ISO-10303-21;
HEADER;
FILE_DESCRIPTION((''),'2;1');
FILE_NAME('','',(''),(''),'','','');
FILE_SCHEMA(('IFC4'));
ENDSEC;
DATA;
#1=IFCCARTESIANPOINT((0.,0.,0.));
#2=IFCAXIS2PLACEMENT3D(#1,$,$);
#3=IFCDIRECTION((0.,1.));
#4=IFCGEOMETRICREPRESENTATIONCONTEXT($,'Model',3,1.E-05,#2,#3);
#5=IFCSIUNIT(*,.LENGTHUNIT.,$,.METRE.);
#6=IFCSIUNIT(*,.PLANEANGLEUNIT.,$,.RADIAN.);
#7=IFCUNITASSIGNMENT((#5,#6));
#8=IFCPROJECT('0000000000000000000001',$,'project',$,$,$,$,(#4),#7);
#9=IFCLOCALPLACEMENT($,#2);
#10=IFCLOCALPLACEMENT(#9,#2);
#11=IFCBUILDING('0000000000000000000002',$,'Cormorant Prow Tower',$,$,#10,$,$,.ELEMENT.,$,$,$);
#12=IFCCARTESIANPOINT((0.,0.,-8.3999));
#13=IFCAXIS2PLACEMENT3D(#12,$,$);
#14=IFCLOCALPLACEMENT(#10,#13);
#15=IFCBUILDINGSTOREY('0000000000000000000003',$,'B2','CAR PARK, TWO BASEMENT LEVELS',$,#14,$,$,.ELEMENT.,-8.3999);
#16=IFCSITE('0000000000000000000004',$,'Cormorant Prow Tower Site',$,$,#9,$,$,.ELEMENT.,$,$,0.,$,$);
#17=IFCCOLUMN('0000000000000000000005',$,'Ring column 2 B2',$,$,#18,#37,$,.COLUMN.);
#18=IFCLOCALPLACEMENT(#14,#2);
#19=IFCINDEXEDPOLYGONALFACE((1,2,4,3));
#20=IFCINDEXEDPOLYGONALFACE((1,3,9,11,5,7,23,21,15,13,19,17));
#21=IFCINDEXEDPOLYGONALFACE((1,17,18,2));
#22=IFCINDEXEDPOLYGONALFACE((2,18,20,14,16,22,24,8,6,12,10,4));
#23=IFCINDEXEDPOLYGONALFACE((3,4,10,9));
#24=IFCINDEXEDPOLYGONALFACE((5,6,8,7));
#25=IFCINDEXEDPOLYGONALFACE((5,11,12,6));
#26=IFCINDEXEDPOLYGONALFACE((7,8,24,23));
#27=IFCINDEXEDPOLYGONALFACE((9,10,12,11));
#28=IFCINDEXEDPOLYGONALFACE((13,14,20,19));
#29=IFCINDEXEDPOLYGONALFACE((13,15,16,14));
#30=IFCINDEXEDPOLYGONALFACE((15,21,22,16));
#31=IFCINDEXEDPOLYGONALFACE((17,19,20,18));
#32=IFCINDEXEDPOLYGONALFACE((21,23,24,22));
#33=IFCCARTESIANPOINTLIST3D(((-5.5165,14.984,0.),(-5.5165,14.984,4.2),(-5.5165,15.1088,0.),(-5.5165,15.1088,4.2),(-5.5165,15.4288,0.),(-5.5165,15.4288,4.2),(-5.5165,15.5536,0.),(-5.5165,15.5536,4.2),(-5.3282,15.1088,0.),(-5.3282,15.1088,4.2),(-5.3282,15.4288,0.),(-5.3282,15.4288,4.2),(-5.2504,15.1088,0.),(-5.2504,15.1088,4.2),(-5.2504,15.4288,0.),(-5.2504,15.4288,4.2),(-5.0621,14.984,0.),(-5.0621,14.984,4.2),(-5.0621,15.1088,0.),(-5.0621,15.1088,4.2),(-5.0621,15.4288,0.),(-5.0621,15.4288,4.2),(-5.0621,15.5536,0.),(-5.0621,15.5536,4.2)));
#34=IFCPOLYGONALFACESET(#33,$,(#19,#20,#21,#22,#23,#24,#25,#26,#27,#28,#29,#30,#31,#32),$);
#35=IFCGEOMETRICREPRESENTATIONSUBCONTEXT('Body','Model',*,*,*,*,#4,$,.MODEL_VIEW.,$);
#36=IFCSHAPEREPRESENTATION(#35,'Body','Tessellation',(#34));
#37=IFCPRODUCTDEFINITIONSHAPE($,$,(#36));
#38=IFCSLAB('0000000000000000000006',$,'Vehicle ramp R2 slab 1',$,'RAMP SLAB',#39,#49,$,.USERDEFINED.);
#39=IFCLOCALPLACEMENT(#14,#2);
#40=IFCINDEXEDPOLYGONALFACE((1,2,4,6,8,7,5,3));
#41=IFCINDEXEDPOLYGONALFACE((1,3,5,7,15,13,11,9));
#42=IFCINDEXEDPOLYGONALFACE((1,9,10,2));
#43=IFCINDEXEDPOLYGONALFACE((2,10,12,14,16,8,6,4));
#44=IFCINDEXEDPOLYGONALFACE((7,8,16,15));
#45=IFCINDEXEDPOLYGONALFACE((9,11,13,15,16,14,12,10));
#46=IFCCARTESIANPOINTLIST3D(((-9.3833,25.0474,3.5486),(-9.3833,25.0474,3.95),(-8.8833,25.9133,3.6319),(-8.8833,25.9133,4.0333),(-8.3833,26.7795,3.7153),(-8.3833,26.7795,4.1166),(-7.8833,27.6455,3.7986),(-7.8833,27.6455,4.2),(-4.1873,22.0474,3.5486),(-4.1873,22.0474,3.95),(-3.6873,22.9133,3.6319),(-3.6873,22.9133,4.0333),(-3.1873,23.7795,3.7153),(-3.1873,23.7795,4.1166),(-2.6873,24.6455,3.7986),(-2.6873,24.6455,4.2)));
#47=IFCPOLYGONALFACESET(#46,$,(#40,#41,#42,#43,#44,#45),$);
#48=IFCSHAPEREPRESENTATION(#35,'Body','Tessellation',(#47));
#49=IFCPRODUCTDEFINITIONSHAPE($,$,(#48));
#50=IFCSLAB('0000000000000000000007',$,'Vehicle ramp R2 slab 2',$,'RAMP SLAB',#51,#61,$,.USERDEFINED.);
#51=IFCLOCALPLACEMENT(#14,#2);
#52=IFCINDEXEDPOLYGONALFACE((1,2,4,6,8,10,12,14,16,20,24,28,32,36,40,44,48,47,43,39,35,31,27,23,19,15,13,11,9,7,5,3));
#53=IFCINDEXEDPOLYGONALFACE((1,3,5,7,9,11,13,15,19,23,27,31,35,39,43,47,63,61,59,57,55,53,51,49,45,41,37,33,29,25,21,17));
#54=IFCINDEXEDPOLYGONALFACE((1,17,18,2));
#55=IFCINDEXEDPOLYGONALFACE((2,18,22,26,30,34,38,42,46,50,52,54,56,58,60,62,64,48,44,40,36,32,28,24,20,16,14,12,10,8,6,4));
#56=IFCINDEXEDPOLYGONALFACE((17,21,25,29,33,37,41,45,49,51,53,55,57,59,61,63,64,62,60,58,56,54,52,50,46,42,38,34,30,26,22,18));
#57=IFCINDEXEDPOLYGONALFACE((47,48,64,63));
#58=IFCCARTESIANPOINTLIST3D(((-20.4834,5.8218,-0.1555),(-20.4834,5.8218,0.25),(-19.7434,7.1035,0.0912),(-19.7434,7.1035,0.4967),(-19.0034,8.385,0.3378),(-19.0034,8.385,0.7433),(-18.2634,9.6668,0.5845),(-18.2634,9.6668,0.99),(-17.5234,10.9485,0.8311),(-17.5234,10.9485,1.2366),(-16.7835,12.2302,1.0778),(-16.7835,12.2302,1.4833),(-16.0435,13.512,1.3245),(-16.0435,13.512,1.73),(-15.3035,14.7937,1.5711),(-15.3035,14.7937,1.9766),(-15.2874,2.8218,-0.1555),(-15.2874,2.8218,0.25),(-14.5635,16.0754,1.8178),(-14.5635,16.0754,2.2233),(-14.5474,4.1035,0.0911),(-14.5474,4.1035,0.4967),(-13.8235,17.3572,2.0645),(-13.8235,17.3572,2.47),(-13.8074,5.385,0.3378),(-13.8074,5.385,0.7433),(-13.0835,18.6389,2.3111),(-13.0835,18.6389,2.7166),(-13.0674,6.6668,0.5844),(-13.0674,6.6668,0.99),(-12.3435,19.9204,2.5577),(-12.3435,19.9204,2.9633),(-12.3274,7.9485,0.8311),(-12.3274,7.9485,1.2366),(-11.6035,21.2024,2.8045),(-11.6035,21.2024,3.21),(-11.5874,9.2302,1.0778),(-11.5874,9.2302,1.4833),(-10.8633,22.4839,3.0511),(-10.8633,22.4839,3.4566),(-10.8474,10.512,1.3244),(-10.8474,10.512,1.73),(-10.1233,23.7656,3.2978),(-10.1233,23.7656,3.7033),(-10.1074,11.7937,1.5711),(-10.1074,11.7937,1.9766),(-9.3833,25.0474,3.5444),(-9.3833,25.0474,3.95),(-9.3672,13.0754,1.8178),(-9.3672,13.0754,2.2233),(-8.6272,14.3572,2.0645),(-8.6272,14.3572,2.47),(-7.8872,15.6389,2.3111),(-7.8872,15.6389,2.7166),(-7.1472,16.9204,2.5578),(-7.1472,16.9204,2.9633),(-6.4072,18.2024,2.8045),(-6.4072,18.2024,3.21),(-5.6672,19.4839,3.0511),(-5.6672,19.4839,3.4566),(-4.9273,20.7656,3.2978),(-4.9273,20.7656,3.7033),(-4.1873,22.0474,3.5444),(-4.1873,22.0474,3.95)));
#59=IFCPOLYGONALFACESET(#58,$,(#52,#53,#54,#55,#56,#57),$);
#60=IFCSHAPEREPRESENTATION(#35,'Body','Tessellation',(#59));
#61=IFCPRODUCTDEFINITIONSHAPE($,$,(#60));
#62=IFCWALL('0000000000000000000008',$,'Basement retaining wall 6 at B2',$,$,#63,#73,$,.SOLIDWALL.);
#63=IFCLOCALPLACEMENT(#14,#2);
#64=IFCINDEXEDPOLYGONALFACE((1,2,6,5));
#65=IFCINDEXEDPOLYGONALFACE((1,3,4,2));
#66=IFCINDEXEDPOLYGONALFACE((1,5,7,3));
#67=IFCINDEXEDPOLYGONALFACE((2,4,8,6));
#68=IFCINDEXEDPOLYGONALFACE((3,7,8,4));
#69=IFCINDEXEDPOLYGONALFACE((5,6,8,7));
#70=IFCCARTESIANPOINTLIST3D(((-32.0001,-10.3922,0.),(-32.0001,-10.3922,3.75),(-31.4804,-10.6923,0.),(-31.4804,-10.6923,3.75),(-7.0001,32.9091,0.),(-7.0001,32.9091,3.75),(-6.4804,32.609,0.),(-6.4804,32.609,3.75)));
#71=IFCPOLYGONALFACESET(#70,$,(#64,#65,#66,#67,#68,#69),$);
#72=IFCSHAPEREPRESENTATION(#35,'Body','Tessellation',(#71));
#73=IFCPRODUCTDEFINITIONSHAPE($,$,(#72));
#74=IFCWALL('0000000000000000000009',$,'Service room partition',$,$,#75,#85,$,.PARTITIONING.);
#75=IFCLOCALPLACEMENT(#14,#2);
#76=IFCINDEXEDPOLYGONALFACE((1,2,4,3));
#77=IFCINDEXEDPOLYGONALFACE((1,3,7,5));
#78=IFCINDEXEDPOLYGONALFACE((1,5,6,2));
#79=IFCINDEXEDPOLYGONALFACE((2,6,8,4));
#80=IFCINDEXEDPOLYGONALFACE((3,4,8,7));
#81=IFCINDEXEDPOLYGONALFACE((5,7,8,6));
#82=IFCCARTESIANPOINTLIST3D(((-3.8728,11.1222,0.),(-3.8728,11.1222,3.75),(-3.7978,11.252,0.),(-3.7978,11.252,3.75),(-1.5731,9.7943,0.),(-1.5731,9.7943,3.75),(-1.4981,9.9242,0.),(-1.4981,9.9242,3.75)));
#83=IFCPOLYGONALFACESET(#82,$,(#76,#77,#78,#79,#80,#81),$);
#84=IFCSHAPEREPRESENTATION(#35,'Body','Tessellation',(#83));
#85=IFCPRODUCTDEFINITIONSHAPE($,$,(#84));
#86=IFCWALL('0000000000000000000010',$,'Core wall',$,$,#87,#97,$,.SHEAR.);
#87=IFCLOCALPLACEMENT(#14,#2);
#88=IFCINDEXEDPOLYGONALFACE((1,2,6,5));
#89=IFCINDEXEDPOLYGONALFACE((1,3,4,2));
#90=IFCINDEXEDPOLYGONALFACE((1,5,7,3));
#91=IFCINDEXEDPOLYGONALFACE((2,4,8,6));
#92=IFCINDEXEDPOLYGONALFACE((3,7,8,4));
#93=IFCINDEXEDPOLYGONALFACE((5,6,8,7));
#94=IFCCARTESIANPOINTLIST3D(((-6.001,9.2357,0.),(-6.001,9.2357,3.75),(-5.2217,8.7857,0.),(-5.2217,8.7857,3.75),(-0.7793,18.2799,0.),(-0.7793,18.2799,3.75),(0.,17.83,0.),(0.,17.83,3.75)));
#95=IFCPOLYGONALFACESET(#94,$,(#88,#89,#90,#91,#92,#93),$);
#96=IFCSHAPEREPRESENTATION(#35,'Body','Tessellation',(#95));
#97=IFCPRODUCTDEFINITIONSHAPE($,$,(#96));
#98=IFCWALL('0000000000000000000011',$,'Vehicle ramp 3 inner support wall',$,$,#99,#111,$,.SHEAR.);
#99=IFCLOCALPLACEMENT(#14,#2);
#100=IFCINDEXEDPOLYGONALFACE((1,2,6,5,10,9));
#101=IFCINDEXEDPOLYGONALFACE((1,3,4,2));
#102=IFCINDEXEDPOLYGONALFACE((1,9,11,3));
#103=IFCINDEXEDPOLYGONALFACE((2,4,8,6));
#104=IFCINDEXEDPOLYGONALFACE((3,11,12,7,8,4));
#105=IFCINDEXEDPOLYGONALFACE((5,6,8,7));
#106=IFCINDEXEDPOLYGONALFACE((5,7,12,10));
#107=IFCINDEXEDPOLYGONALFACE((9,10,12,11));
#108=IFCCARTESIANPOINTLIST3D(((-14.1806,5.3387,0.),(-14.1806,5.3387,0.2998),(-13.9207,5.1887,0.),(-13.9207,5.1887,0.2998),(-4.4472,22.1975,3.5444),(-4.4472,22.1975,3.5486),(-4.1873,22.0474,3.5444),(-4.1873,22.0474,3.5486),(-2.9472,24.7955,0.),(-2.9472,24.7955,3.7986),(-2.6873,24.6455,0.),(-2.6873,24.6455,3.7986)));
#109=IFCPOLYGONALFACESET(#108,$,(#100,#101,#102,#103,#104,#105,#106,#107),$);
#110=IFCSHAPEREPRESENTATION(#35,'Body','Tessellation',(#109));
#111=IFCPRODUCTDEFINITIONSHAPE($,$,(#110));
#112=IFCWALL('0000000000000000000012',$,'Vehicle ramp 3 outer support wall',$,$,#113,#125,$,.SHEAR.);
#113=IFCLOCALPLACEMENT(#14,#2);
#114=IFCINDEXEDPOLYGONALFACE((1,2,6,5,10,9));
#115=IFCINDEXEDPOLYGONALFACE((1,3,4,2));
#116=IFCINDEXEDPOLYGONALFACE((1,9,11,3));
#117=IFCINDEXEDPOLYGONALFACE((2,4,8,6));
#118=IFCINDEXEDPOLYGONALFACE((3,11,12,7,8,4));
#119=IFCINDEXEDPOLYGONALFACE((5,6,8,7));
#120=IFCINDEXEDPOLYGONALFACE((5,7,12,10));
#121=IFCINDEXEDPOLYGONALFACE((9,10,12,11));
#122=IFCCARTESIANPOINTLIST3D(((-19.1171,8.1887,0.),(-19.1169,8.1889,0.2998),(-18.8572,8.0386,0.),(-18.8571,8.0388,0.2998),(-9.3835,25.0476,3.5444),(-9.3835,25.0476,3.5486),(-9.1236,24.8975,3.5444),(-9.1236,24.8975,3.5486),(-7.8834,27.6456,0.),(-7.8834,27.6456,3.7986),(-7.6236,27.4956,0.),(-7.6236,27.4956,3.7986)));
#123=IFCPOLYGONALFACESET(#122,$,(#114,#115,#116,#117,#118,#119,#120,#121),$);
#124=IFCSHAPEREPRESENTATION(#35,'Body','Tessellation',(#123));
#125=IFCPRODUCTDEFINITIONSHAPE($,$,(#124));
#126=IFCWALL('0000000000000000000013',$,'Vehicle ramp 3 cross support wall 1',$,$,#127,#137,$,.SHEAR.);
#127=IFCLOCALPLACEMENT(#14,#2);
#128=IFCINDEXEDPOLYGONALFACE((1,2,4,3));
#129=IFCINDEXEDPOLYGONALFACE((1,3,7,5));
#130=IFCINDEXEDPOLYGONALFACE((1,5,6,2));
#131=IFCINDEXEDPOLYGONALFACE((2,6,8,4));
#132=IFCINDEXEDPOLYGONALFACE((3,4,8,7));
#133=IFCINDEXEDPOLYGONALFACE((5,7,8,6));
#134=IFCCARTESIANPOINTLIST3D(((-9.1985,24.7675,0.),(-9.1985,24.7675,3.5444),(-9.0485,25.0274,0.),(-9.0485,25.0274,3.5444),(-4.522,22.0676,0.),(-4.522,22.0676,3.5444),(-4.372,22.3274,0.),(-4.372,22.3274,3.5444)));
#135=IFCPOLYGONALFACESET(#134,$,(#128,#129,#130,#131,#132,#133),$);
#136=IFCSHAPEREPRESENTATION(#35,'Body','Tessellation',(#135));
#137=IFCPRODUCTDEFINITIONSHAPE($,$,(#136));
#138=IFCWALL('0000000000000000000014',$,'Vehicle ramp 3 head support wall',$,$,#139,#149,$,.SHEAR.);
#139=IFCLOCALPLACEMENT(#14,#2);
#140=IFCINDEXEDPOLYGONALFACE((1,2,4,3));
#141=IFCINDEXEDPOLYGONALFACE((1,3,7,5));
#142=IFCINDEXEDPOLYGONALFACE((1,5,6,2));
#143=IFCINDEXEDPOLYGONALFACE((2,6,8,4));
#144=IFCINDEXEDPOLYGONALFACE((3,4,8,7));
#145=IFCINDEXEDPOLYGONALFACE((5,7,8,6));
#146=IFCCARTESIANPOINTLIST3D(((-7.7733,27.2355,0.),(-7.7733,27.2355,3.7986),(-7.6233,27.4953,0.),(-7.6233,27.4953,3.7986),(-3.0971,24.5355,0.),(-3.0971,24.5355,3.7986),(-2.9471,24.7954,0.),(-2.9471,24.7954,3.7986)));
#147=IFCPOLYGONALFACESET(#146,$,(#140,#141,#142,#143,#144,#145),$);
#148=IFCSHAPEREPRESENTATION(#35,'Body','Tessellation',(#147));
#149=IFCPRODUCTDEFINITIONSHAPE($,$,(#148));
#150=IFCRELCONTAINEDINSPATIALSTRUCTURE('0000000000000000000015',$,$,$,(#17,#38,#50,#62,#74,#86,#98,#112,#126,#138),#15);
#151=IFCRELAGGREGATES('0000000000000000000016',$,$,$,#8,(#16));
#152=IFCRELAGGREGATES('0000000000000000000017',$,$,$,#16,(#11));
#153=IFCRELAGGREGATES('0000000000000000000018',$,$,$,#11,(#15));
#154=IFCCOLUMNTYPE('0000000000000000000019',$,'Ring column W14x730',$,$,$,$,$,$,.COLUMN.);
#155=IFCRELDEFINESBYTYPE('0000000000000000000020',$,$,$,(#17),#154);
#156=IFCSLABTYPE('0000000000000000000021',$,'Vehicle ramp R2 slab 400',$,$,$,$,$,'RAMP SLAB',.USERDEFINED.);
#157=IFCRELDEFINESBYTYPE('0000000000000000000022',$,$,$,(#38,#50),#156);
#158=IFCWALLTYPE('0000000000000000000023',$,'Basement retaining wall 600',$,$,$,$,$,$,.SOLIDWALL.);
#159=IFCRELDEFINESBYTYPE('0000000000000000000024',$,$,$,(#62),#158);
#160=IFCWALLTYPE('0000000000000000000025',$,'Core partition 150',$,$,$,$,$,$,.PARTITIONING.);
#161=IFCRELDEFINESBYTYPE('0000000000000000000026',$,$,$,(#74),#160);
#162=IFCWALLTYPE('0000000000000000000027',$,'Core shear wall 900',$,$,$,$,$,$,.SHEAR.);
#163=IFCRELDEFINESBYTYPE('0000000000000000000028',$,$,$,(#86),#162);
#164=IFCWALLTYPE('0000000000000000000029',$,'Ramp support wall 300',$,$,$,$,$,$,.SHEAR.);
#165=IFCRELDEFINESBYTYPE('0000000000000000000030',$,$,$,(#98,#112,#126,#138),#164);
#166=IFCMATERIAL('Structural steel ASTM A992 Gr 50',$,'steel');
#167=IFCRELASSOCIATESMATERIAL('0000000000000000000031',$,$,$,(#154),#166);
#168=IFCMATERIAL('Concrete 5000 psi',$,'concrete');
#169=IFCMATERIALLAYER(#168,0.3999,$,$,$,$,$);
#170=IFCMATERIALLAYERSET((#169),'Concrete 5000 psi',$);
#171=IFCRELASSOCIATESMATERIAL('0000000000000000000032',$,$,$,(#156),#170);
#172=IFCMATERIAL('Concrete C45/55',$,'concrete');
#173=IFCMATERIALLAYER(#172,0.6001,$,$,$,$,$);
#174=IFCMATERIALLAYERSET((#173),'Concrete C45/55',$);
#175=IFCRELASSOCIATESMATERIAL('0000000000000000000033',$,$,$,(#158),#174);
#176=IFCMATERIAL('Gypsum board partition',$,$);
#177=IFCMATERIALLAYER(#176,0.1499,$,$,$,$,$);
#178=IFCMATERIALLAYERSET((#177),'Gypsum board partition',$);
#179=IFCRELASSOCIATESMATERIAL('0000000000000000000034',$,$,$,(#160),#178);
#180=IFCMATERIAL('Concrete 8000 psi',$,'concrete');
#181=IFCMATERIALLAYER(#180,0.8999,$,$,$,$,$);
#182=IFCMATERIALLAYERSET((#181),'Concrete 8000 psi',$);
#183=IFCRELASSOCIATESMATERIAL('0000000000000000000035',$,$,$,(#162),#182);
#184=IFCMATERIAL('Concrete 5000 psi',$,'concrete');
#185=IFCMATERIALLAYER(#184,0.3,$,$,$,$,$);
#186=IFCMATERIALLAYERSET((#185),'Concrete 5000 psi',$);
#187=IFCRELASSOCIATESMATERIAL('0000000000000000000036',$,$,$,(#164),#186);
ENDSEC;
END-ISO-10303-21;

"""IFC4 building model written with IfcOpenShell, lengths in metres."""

from ifc_helpers import new_model, si_unit, direction, frame, frame_2d, origin, origin_2d, place, context, subcontext, project, spatial, polyline, rectangle, i_section, outline, extrude, material, layer, layer_set, material_profile, profile_set, type_object, element, save


model = new_model("IFC4")

# Units and contexts
model_context = context("Model", 3, precision=1e-05, world=origin(), true_north=direction((0.0, 1.0)))
body_context = subcontext(model_context, "Body", "Model", "MODEL_VIEW")
ifc_project = project(units=[si_unit("LENGTHUNIT", "METRE"), si_unit("PLANEANGLEUNIT", "RADIAN")], contexts=[model_context])

# Site, building, storey
site_placement = place(None, origin())
site = spatial("IfcSite", under=ifc_project, at=site_placement, Name="Cormorant Prow Tower Site", CompositionType="ELEMENT", RefElevation=0.0)
building_placement = place(site_placement, origin())
building = spatial("IfcBuilding", under=site, at=building_placement, Name="Cormorant Prow Tower", CompositionType="ELEMENT")
storey_placement = place(building_placement, frame((0.0, 0.0, -8.3999)))
storey = spatial("IfcBuildingStorey", under=building, at=storey_placement, Name="B2", Description="CAR PARK, TWO BASEMENT LEVELS", CompositionType="ELEMENT", Elevation=-8.3999)

# Column
ifc_material_1 = material(Name="Structural steel ASTM A992 Gr 50", Category="steel")
ifc_material_profile_1 = material_profile(ifc_material_1, i_section(OverallWidth=0.4543, OverallDepth=0.5696, WebThickness=0.0779, FlangeThickness=0.1248, at=origin_2d()), Name="W14x730")
ifc_profile_set_1 = profile_set([ifc_material_profile_1], Name="Structural steel ASTM A992 Gr 50")
column_type_1 = type_object("IfcColumnType", Name="Ring column W14x730", PredefinedType="COLUMN", material=ifc_profile_set_1)
for number, where, z_axis, x_axis, name in (
    (1, (-5.2893, 15.2688, 0.0), (0.0, 0.0, 1.0), (1.0, 0.0, 0.0), "Ring column 2 B2"),
):
    element("IfcColumn", number, at=place(storey_placement, frame(where, z_axis=z_axis, x_axis=x_axis)), inside=storey, type_object=column_type_1, Name=name, PredefinedType="COLUMN", context=body_context, shape_type="SweptSolid", body=[
        extrude(i_section(OverallWidth=0.4543, OverallDepth=0.5696, WebThickness=0.0779, FlangeThickness=0.1248, at=origin_2d()), origin(), (0.0, 0.0, 1.0), 4.2),
    ])

# Slabs
ifc_material_2 = material(Name="Concrete 5000 psi", Category="concrete")
ifc_layer_1 = layer(ifc_material_2, 0.3999)
ifc_layer_set_1 = layer_set([ifc_layer_1], Name="Concrete 5000 psi")
slab_type = type_object("IfcSlabType", Name="Vehicle ramp R2 slab 400", ElementType="RAMP SLAB", PredefinedType="USERDEFINED", material=ifc_layer_set_1)
slab_1_placement = place(storey_placement, frame((-2.6873, 24.6455, 4.2), z_axis=(-0.041523, -0.071918, 0.996546), x_axis=(-0.498298, -0.863019, -0.083044)))
element("IfcSlab", 2, at=slab_1_placement, inside=storey, type_object=slab_type, Name="Vehicle ramp R2 slab 1", ObjectType="RAMP SLAB", PredefinedType="USERDEFINED", context=body_context, shape_type="SweptSolid", body=[
    extrude(outline(polyline([(0.0, 0.0), (1.0034, 0.0), (2.007, 0.0001), (3.0105, 0.0001), (3.0106, -5.9998), (2.0072, -5.9998), (1.0035, -5.9999), (0.0001, -5.9999), (0.0, 0.0)])), origin(), (0.083044, 0.000002, -0.996546), 0.4014),
])
slab_2_placement = place(storey_placement, frame((-4.1873, 22.0474, 3.95), z_axis=(-0.082199, -0.142372, 0.986394), x_axis=(-0.493186, -0.854249, -0.164398)))
element("IfcSlab", 3, at=slab_2_placement, inside=storey, type_object=slab_type, Name="Vehicle ramp R2 slab 2", ObjectType="RAMP SLAB", PredefinedType="USERDEFINED", context=body_context, shape_type="SweptSolid", body=[
    extrude(outline(polyline([(0.0, 0.0), (1.5005, 0.0), (3.0009, 0.0), (4.5011, -0.0001), (6.0017, 0.0), (7.5019, -0.0001), (9.0024, -0.0001), (10.5028, -0.0001), (12.0033, -0.0003), (13.5038, -0.0003), (15.0042, -0.0003), (16.5046, -0.0003), (18.005, -0.0003), (19.5055, -0.0003), (21.0057, -0.0005), (22.5061, -0.0005), (22.506, -6.0004), (21.0056, -6.0004), (19.5054, -6.0002), (18.0049, -6.0002), (16.5045, -6.0002), (15.0041, -6.0002), (13.5036, -6.0002), (12.0032, -6.0002), (10.5028, -6.0002), (9.0023, -6.0002), (7.5019, -6.0002), (6.0017, -6.0001), (4.5011, -6.0002), (3.0007, -5.9999), (1.5003, -5.9999), (-0.0001, -5.9999), (0.0, 0.0)])), origin(), (0.164398, -0.000002, -0.986394), 0.4055),
])

# Walls
ifc_material_3 = material(Name="Concrete C45/55", Category="concrete")
ifc_layer_2 = layer(ifc_material_3, 0.6001)
ifc_layer_set_2 = layer_set([ifc_layer_2], Name="Concrete C45/55")
wall_type_1 = type_object("IfcWallType", Name="Basement retaining wall 600", PredefinedType="SOLIDWALL", material=ifc_layer_set_2)
wall_1_placement = place(storey_placement, frame((-6.7402, 32.759, 0.0), z_axis=(0.0, 0.0, 1.0), x_axis=(-0.5, -0.866025, 0.0)))
element("IfcWall", 4, at=wall_1_placement, inside=storey, type_object=wall_type_1, Name="Basement retaining wall 6 at B2", PredefinedType="SOLIDWALL", context=body_context, shape_type="SweptSolid", body=[
    extrude(rectangle(XDim=50.0, YDim=0.6001, at=frame_2d((25.0, 0.0))), origin(), (0.0, 0.0, 1.0), 3.75),
])
ifc_material_4 = material(Name="Gypsum board partition")
ifc_layer_3 = layer(ifc_material_4, 0.1499)
ifc_layer_set_3 = layer_set([ifc_layer_3], Name="Gypsum board partition")
wall_type_2 = type_object("IfcWallType", Name="Core partition 150", PredefinedType="PARTITIONING", material=ifc_layer_set_3)
wall_2_placement = place(storey_placement, frame((-3.8352, 11.187, 0.0), z_axis=(0.0, 0.0, 1.0), x_axis=(0.866011, -0.500025, 0.0)))
element("IfcWall", 5, at=wall_2_placement, inside=storey, type_object=wall_type_2, Name="Service room partition", PredefinedType="PARTITIONING", context=body_context, shape_type="SweptSolid", body=[
    extrude(rectangle(XDim=2.6555, YDim=0.1499, at=frame_2d((1.3276, 0.0))), origin(), (0.0, 0.0, 1.0), 3.75),
])
ifc_material_5 = material(Name="Concrete 8000 psi", Category="concrete")
ifc_layer_4 = layer(ifc_material_5, 0.8999)
ifc_layer_set_4 = layer_set([ifc_layer_4], Name="Concrete 8000 psi")
wall_type_3 = type_object("IfcWallType", Name="Core shear wall 900", PredefinedType="SHEAR", material=ifc_layer_set_4)
wall_3_placement = place(storey_placement, frame((-0.3896, 18.0549, 0.0), z_axis=(0.0, 0.0, 1.0), x_axis=(-0.500001, -0.866025, 0.0)))
element("IfcWall", 6, at=wall_3_placement, inside=storey, type_object=wall_type_3, Name="Core wall", PredefinedType="SHEAR", context=body_context, shape_type="SweptSolid", body=[
    extrude(rectangle(XDim=10.4434, YDim=0.8999, at=frame_2d((5.2217, 0.0))), origin(), (0.0, 0.0, 1.0), 3.75),
])
ifc_material_6 = material(Name="Concrete 5000 psi", Category="concrete")
ifc_layer_5 = layer(ifc_material_6, 0.3)
ifc_layer_set_5 = layer_set([ifc_layer_5], Name="Concrete 5000 psi")
wall_type_4 = type_object("IfcWallType", Name="Ramp support wall 300", PredefinedType="SHEAR", material=ifc_layer_set_5)
wall_4_placement = place(storey_placement, frame((-2.8171, 24.7205, 0.0), z_axis=(0.0, 0.0, 1.0), x_axis=(-0.500001, -0.866025, 0.0)))
element("IfcWall", 7, at=wall_4_placement, inside=storey, type_object=wall_type_4, Name="Vehicle ramp 3 inner support wall", PredefinedType="SHEAR", context=body_context, shape_type="SweptSolid", body=[
    extrude(outline(polyline([(0.0, 0.0), (22.4668, 0.0), (22.4668, 0.2998), (3.0, 3.5486), (3.0, 3.5444), (0.0, 3.7986), (0.0, 0.0)])), frame((0.0, 0.1499, 0.0), z_axis=(0.0, -1.0, 0.0), x_axis=(1.0, 0.0, 0.0)), (0.0, 0.0, 1.0), 0.3),
])
wall_5_placement = place(storey_placement, frame((-7.7534, 27.5706, 0.0), z_axis=(0.0, 0.0, 1.0), x_axis=(-0.500004, -0.866023, 0.0)))
element("IfcWall", 8, at=wall_5_placement, inside=storey, type_object=wall_type_4, Name="Vehicle ramp 3 outer support wall", PredefinedType="SHEAR", context=body_context, shape_type="SweptSolid", body=[
    extrude(outline(polyline([(0.0, 0.0), (22.467, 0.0), (22.4668, 0.2998), (3.0, 3.5486), (3.0, 3.5444), (0.0, 3.7986), (0.0, 0.0)])), frame((0.0, 0.1499, 0.0), z_axis=(0.0, -1.0, 0.0), x_axis=(1.0, 0.0, 0.0)), (0.0, 0.0, 1.0), 0.3),
])
wall_6_placement = place(storey_placement, frame((-4.447, 22.1975, 0.0), z_axis=(0.0, 0.0, 1.0), x_axis=(-0.866028, 0.499995, 0.0)))
element("IfcWall", 9, at=wall_6_placement, inside=storey, type_object=wall_type_4, Name="Vehicle ramp 3 cross support wall 1", PredefinedType="SHEAR", context=body_context, shape_type="SweptSolid", body=[
    extrude(rectangle(XDim=5.3999, YDim=0.3, at=frame_2d((2.7, 0.0))), origin(), (0.0, 0.0, 1.0), 3.5444),
])
wall_7_placement = place(storey_placement, frame((-3.0222, 24.6655, 0.0), z_axis=(0.0, 0.0, 1.0), x_axis=(-0.866017, 0.500015, 0.0)))
element("IfcWall", 10, at=wall_7_placement, inside=storey, type_object=wall_type_4, Name="Vehicle ramp 3 head support wall", PredefinedType="SHEAR", context=body_context, shape_type="SweptSolid", body=[
    extrude(rectangle(XDim=5.3997, YDim=0.3, at=frame_2d((2.6997, 0.0))), origin(), (0.0, 0.0, 1.0), 3.7986),
])

save(model, "model.ifc")
